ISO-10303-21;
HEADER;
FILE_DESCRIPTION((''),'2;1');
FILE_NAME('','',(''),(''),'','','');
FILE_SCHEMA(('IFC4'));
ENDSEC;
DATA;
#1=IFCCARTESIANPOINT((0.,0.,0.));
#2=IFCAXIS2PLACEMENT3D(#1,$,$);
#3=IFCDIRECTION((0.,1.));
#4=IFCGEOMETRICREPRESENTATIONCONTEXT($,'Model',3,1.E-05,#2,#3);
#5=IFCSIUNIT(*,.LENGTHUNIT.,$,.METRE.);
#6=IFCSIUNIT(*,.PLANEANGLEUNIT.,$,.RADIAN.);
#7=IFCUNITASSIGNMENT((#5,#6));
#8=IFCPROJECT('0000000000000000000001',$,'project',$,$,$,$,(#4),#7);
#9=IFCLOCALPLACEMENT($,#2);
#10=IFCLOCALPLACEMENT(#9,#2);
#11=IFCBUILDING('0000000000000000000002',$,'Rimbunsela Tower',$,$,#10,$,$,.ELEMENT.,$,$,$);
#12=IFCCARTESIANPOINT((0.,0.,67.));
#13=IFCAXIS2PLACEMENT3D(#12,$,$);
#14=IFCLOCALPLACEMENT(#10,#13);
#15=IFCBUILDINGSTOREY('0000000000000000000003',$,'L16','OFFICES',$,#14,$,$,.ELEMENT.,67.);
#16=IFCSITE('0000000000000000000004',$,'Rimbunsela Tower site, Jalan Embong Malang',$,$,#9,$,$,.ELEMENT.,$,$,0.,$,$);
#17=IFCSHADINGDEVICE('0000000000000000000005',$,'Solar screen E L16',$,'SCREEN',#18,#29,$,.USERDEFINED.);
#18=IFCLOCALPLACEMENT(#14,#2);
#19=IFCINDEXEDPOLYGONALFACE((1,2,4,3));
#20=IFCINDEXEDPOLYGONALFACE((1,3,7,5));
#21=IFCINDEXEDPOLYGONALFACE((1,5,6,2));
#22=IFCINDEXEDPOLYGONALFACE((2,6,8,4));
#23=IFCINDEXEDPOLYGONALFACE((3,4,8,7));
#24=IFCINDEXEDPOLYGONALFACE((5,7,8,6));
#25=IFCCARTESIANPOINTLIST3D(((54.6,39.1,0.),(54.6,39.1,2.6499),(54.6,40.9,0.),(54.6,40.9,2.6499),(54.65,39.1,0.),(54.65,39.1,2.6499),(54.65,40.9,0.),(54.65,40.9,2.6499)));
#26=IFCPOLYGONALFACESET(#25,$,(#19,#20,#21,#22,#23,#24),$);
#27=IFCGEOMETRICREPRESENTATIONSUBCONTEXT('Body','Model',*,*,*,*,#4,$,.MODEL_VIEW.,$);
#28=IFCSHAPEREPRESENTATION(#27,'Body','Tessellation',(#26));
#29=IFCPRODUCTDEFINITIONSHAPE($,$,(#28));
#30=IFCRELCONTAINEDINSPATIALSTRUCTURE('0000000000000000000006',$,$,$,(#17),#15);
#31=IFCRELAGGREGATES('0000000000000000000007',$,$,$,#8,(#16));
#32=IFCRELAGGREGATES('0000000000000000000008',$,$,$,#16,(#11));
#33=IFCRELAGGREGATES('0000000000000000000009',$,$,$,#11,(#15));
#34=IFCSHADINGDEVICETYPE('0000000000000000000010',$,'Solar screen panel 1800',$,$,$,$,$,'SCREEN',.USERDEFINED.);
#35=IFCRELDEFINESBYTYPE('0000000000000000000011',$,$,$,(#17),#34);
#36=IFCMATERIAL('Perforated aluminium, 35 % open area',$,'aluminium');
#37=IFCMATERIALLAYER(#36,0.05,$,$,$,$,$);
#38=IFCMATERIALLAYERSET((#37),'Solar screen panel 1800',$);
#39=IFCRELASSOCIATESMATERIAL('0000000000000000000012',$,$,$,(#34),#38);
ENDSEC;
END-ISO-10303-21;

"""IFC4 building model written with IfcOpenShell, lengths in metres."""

from ifc_helpers import new_model, si_unit, direction, frame, origin, origin_2d, place, context, subcontext, project, spatial, rectangle, extrude, material, layer, layer_set, type_object, element, save


model = new_model("IFC4")

# Units and contexts
model_context = context("Model", 3, precision=1e-05, world=origin(), true_north=direction((0.0, 1.0)))
body_context = subcontext(model_context, "Body", "Model", "MODEL_VIEW")
ifc_project = project(units=[si_unit("LENGTHUNIT", "METRE"), si_unit("PLANEANGLEUNIT", "RADIAN")], contexts=[model_context])

# Site, building, storey
site_placement = place(None, origin())
site = spatial("IfcSite", under=ifc_project, at=site_placement, Name="Rimbunsela Tower site, Jalan Embong Malang", CompositionType="ELEMENT", RefElevation=0.0)
building_placement = place(site_placement, origin())
building = spatial("IfcBuilding", under=site, at=building_placement, Name="Rimbunsela Tower", CompositionType="ELEMENT")
storey_placement = place(building_placement, frame((0.0, 0.0, 67.0)))
storey = spatial("IfcBuildingStorey", under=building, at=storey_placement, Name="L16", Description="OFFICES", CompositionType="ELEMENT", Elevation=67.0)

# Shading device
ifc_material_1 = material(Name="Perforated aluminium, 35 % open area", Category="aluminium")
ifc_layer_1 = layer(ifc_material_1, 0.05)
ifc_layer_set_1 = layer_set([ifc_layer_1], Name="Solar screen panel 1800")
shading_device_type = type_object("IfcShadingDeviceType", Name="Solar screen panel 1800", ElementType="SCREEN", PredefinedType="USERDEFINED", material=ifc_layer_set_1)
for number, where, z_axis, x_axis, name in (
    (1, (54.625, 40.0, 0.0), (0.0, 0.0, 1.0), (0.0, 1.0, 0.0), "Solar screen E L16"),
):
    element("IfcShadingDevice", number, at=place(storey_placement, frame(where, z_axis=z_axis, x_axis=x_axis)), inside=storey, type_object=shading_device_type, Name=name, ObjectType="SCREEN", PredefinedType="USERDEFINED", context=body_context, shape_type="SweptSolid", body=[
        extrude(rectangle(XDim=1.8, YDim=0.05, at=origin_2d()), origin(), (0.0, 0.0, 1.0), 2.6499),
    ])

save(model, "model.ifc")
